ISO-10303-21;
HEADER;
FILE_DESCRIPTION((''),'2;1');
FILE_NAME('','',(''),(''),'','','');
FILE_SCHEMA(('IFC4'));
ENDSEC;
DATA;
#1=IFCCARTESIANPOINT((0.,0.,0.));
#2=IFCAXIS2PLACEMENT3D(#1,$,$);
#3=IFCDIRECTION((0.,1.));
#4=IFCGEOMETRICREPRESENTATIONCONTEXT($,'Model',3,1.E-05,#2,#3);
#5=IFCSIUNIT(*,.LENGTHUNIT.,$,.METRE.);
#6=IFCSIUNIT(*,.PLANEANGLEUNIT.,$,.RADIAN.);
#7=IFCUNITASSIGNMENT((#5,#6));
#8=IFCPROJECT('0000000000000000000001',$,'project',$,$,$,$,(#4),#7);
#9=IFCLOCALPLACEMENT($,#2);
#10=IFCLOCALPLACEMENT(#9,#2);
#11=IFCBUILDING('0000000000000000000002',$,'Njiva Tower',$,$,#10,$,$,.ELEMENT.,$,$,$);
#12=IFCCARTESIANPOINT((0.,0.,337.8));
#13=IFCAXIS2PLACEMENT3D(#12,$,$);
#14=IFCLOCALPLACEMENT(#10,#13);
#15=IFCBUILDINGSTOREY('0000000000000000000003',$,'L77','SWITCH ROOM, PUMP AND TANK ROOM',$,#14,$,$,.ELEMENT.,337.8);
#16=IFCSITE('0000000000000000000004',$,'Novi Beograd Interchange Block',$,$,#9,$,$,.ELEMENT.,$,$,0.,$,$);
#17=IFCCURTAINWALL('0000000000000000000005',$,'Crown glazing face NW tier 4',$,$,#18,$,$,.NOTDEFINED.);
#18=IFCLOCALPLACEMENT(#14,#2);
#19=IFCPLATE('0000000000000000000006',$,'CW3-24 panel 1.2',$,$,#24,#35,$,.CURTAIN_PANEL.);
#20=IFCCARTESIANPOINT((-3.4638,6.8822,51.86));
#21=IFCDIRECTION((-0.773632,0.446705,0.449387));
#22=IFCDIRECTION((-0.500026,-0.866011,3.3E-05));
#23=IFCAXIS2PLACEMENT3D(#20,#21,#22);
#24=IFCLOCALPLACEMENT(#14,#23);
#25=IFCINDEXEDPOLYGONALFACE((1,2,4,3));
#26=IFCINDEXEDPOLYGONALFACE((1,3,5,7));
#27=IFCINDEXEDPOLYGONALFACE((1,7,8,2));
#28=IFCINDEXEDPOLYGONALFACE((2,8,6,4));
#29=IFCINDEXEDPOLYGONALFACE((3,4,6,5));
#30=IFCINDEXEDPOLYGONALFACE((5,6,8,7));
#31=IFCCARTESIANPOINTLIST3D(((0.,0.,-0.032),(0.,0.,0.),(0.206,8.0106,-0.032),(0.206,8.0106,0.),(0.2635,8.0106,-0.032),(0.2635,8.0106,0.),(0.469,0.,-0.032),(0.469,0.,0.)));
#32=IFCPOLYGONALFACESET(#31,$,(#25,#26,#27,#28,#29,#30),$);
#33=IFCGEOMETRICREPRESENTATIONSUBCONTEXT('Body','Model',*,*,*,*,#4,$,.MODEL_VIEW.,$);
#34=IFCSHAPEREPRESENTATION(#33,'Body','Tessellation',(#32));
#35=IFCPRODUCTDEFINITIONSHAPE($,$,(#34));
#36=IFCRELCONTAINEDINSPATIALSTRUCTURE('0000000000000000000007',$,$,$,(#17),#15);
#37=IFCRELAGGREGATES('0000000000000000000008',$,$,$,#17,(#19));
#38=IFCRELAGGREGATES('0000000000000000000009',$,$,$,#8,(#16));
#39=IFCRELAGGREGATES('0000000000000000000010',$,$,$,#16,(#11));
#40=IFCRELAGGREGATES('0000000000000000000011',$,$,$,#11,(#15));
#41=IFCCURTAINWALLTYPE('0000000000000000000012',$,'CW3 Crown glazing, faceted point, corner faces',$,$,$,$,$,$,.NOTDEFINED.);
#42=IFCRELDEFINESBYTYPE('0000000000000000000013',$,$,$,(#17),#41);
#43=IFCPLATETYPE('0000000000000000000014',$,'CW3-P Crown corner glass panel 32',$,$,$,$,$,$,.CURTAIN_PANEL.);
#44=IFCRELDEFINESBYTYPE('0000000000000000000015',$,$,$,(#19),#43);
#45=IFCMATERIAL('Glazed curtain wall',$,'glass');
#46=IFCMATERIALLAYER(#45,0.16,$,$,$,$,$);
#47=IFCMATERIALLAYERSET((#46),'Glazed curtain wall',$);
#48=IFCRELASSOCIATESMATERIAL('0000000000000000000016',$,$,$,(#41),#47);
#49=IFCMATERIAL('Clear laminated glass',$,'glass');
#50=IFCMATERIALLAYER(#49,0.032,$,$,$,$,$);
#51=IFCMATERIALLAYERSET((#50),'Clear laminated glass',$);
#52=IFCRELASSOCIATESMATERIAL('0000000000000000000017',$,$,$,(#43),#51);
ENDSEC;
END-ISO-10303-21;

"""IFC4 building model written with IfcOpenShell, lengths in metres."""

from ifc_helpers import new_model, si_unit, direction, frame, origin, place, context, subcontext, project, spatial, polyline, outline, extrude, material, layer, layer_set, type_object, element, aggregate, save


model = new_model("IFC4")

# Units and contexts
model_context = context("Model", 3, precision=1e-05, world=origin(), true_north=direction((0.0, 1.0)))
body_context = subcontext(model_context, "Body", "Model", "MODEL_VIEW")
ifc_project = project(units=[si_unit("LENGTHUNIT", "METRE"), si_unit("PLANEANGLEUNIT", "RADIAN")], contexts=[model_context])

# Site, building, storey
site_placement = place(None, origin())
site = spatial("IfcSite", under=ifc_project, at=site_placement, Name="Novi Beograd Interchange Block", CompositionType="ELEMENT", RefElevation=0.0)
building_placement = place(site_placement, origin())
building = spatial("IfcBuilding", under=site, at=building_placement, Name="Njiva Tower", CompositionType="ELEMENT")
storey_placement = place(building_placement, frame((0.0, 0.0, 337.8)))
storey = spatial("IfcBuildingStorey", under=building, at=storey_placement, Name="L77", Description="SWITCH ROOM, PUMP AND TANK ROOM", CompositionType="ELEMENT", Elevation=337.8)

# Shared definitions
ifc_material_1 = material(Name="Glazed curtain wall", Category="glass")

# Shared definitions
ifc_material_2 = material(Name="Clear laminated glass", Category="glass")

# Curtain wall, plate
ifc_layer_1 = layer(ifc_material_1, 0.16)
ifc_layer_set_1 = layer_set([ifc_layer_1], Name="Glazed curtain wall")
curtain_wall_type_1 = type_object("IfcCurtainWallType", Name="CW3 Crown glazing, faceted point, corner faces", PredefinedType="NOTDEFINED", material=ifc_layer_set_1)
curtain_wall_1_placement = place(storey_placement, origin())
curtain_wall_1 = element("IfcCurtainWall", 1, at=curtain_wall_1_placement, inside=storey, type_object=curtain_wall_type_1, Name="Crown glazing face NW tier 4", PredefinedType="NOTDEFINED")
ifc_layer_2 = layer(ifc_material_2, 0.032)
ifc_layer_set_2 = layer_set([ifc_layer_2], Name="Clear laminated glass")
plate_type_1 = type_object("IfcPlateType", Name="CW3-P Crown corner glass panel 32", PredefinedType="CURTAIN_PANEL", material=ifc_layer_set_2)
plate_1_placement = place(storey_placement, frame((-3.4638, 6.8822, 51.86), z_axis=(-0.773632, 0.446705, 0.449387), x_axis=(-0.500026, -0.866011, 0.000033)))
plate_1 = element("IfcPlate", 2, at=plate_1_placement, type_object=plate_type_1, Name="CW3-24 panel 1.2", PredefinedType="CURTAIN_PANEL", context=body_context, shape_type="SweptSolid", body=[
    extrude(outline(polyline([(0.0, 0.0), (0.469, 0.0), (0.2635, 8.0106), (0.206, 8.0106), (0.0, 0.0)])), origin(), (0.0, 0.0, -1.0), 0.032),
])
aggregate(curtain_wall_1, [plate_1])

save(model, "model.ifc")
